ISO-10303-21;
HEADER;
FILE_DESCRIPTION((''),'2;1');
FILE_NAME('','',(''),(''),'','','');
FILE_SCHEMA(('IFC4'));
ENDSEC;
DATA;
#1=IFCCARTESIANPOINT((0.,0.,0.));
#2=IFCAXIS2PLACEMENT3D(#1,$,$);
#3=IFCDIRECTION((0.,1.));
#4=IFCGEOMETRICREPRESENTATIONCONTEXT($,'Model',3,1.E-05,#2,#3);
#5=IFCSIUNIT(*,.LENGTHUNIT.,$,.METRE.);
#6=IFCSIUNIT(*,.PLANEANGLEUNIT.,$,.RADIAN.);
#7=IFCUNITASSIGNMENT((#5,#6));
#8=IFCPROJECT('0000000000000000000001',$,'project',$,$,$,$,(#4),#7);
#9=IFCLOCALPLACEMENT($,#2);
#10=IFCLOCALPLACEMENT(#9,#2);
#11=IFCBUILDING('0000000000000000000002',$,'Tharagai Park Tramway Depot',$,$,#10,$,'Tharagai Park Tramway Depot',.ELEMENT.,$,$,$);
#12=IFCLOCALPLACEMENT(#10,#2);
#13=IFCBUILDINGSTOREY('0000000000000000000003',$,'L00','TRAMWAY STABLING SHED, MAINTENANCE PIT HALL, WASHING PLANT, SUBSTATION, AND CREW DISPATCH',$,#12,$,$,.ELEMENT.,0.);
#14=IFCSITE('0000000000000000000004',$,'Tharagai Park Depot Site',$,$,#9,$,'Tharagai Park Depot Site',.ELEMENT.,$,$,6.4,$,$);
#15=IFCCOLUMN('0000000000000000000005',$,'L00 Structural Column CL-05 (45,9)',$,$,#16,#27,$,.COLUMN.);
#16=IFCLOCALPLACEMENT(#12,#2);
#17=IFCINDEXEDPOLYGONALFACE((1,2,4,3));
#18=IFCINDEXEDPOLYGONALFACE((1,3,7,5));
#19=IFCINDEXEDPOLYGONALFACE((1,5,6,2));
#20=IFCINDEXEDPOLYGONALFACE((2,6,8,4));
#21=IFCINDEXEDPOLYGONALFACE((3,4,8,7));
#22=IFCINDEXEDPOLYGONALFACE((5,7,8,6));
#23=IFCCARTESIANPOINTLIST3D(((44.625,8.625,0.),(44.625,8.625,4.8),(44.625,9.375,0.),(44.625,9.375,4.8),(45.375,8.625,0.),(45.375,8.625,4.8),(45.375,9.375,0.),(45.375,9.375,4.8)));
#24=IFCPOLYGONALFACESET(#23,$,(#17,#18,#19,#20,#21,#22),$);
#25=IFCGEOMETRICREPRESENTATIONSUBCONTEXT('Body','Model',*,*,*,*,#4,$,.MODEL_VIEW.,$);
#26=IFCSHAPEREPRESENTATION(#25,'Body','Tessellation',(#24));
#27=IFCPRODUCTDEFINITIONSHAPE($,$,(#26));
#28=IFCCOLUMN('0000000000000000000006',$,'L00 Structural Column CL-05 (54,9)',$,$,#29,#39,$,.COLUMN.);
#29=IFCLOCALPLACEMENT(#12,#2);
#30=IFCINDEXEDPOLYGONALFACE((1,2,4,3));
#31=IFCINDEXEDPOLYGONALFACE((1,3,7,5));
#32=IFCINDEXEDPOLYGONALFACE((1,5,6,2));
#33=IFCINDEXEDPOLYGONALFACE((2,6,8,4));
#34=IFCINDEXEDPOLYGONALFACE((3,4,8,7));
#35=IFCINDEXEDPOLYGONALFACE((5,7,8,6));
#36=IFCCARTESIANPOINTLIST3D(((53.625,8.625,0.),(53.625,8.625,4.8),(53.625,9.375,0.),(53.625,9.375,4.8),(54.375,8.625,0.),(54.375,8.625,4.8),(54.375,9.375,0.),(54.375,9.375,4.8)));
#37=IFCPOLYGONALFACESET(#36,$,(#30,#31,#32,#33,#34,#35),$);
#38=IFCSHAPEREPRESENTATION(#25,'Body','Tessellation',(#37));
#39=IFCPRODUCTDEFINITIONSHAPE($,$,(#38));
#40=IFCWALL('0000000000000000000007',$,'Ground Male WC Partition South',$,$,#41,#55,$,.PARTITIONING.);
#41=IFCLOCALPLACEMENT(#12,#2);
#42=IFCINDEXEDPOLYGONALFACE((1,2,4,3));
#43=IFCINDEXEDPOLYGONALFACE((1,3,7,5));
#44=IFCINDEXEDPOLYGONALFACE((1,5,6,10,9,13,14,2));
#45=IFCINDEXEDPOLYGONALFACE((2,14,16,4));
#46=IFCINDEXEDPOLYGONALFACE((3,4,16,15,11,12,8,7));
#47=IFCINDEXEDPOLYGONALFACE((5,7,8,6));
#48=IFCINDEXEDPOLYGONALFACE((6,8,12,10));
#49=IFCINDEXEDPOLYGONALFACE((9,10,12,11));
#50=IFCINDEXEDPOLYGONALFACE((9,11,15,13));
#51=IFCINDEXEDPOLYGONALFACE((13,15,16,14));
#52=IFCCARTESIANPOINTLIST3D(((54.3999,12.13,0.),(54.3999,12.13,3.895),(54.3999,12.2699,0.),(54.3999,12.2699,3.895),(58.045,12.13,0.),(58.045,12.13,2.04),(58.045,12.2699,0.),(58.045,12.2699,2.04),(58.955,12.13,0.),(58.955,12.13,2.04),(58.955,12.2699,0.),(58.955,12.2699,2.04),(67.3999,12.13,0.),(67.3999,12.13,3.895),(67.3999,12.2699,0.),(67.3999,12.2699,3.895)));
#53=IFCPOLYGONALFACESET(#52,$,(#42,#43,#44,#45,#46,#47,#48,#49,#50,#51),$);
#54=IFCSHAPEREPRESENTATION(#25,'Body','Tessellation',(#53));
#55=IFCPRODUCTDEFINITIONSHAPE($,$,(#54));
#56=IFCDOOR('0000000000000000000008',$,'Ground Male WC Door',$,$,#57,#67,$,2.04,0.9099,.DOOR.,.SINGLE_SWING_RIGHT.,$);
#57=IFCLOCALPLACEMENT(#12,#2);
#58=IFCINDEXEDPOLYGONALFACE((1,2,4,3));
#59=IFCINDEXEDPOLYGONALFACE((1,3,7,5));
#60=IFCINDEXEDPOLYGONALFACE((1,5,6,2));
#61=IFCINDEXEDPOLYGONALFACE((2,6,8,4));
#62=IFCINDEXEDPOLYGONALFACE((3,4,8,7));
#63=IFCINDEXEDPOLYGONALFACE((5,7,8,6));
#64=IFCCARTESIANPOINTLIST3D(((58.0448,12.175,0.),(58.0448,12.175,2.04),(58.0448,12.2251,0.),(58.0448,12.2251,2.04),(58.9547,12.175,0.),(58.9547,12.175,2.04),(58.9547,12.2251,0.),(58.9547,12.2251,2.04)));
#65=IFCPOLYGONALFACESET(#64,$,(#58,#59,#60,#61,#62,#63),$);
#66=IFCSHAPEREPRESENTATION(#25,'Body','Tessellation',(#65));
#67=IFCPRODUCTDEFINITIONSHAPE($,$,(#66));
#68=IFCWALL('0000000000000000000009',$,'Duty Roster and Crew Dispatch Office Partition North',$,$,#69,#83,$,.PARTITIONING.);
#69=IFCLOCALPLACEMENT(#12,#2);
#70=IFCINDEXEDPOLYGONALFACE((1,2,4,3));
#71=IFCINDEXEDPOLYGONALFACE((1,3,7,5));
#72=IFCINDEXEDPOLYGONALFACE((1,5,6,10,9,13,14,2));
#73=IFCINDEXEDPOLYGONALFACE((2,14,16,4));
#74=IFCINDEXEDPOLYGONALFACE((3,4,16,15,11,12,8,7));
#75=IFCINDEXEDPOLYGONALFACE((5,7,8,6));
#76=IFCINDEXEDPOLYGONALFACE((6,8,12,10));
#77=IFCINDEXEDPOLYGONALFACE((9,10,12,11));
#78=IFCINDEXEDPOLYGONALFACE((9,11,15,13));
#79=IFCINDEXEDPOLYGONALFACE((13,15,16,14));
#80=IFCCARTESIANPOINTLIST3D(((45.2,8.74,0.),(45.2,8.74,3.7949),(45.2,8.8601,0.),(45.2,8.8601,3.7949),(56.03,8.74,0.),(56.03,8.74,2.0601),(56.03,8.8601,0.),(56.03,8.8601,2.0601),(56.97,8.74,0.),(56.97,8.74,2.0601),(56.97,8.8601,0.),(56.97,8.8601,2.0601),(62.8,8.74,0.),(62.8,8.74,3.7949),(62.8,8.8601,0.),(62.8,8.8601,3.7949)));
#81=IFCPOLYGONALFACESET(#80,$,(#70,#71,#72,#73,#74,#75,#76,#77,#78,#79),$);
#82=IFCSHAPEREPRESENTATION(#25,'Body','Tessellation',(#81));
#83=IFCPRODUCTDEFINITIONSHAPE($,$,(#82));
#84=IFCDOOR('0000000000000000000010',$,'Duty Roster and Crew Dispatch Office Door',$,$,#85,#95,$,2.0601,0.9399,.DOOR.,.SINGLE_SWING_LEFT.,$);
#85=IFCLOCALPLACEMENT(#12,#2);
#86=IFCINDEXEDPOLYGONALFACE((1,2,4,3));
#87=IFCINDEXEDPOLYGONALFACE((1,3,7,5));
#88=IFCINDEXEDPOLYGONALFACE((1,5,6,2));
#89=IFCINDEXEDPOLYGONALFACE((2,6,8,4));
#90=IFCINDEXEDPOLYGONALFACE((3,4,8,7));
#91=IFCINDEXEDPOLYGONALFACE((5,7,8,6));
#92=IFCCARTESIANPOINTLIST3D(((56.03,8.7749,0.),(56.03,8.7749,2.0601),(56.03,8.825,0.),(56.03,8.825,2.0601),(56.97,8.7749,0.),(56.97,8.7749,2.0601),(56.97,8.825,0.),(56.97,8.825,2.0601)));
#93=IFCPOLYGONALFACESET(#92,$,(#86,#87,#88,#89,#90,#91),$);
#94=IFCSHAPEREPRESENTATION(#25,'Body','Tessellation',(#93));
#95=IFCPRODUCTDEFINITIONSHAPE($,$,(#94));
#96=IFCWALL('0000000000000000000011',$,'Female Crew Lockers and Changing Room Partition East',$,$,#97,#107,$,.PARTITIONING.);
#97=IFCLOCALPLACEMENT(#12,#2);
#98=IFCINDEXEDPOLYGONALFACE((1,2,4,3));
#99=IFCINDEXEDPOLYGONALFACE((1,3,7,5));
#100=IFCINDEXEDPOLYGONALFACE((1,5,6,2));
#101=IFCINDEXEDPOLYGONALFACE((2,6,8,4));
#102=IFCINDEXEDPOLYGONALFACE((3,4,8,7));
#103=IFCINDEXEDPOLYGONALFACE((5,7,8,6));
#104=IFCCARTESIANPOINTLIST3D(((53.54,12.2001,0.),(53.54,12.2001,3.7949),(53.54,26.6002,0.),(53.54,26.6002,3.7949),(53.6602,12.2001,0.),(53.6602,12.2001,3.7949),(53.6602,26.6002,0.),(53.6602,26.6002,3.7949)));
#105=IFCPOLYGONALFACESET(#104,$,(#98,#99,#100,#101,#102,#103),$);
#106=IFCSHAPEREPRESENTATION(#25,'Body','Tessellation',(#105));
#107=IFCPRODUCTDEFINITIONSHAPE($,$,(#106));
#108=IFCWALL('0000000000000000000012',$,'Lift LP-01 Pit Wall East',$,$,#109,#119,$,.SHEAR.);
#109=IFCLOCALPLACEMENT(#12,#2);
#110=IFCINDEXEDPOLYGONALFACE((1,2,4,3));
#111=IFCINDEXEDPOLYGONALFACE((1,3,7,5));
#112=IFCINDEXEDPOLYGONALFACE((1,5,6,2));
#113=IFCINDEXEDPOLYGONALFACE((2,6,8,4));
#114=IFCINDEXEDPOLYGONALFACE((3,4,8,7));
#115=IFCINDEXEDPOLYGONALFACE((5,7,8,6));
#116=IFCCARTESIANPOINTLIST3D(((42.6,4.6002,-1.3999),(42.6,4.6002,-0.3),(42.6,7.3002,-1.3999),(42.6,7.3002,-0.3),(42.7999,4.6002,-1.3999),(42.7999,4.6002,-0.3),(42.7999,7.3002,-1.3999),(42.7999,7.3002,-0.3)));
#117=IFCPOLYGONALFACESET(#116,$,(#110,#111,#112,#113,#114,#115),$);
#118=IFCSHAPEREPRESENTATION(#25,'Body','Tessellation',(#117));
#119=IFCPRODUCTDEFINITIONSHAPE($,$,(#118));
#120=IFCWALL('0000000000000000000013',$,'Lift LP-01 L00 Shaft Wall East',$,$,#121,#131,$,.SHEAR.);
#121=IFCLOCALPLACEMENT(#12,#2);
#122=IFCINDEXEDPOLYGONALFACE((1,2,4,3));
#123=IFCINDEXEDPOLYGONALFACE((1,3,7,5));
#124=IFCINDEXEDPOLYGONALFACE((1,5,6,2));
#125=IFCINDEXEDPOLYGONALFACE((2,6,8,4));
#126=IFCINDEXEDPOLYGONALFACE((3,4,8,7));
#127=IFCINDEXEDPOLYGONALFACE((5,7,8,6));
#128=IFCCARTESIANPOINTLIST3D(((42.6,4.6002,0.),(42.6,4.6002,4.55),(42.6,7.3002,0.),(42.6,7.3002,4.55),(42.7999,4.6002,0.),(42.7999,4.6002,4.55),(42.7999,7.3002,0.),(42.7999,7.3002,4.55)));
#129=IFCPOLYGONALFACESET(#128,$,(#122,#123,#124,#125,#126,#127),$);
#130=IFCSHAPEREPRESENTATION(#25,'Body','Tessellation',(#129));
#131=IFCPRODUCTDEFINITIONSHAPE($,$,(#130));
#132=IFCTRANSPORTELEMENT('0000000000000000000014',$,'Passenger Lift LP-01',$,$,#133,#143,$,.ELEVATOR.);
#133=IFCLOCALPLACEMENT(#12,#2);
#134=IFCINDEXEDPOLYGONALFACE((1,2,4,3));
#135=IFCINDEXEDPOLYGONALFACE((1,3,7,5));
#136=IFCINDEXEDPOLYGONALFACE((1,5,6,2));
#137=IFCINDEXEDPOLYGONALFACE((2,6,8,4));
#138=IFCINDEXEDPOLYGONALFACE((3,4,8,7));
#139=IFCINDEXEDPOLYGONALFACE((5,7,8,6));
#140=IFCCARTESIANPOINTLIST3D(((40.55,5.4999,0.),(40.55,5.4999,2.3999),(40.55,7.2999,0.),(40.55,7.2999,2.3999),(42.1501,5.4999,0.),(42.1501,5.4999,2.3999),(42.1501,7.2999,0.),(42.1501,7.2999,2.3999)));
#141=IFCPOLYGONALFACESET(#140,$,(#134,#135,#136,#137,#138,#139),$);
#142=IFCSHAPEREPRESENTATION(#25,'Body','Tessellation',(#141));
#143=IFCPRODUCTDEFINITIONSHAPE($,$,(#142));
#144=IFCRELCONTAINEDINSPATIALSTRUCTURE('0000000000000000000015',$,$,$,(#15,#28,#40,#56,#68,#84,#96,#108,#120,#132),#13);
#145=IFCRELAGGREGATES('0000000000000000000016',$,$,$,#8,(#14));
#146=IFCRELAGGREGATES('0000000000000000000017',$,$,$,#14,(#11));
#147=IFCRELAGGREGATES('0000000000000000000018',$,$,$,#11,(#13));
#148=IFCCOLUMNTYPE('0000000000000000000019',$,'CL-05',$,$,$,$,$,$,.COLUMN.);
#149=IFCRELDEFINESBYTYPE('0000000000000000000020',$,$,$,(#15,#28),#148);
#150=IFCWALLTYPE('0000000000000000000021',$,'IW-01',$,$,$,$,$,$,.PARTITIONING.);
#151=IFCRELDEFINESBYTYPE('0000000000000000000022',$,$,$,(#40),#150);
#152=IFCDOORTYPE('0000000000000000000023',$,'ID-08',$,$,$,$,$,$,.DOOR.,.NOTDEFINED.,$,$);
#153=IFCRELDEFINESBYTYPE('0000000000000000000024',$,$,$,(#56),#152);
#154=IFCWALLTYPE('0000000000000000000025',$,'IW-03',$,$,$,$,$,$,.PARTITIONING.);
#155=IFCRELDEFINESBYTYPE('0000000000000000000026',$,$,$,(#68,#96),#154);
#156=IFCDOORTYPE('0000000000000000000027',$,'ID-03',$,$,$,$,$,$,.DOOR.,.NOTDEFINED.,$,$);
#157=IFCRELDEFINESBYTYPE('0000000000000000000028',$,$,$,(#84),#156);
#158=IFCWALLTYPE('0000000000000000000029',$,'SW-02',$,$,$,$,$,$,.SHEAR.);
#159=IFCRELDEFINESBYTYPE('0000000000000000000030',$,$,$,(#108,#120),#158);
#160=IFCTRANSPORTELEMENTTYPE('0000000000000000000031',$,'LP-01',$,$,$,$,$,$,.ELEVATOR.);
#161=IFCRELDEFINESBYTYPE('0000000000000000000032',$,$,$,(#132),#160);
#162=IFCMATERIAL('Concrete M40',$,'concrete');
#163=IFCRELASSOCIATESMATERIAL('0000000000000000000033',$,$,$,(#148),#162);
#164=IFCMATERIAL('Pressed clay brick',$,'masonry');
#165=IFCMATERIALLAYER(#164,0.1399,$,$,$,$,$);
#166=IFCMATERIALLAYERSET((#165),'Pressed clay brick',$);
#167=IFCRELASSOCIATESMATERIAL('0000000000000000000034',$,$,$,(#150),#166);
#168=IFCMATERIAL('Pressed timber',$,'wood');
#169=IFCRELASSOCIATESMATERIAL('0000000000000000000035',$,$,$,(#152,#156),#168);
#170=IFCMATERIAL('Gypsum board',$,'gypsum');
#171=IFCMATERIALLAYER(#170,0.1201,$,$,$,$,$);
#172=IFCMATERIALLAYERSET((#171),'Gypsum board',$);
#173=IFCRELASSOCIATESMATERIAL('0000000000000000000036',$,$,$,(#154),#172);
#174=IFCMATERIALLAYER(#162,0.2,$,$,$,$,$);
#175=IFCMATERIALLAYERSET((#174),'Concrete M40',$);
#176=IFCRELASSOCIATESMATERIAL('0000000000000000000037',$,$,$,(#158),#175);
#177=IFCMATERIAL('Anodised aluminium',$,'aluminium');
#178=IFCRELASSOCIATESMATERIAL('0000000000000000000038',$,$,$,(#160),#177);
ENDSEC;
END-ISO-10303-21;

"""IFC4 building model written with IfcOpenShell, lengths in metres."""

from ifc_helpers import new_model, si_unit, direction, frame, frame_2d, origin, origin_2d, place, context, subcontext, project, spatial, rectangle, extrude, material, layer, layer_set, material_profile, profile_set, type_object, element, fill, save


model = new_model("IFC4")

# Units and contexts
model_context = context("Model", 3, precision=1e-05, world=origin(), true_north=direction((0.0, 1.0)))
body_context = subcontext(model_context, "Body", "Model", "MODEL_VIEW")
ifc_project = project(units=[si_unit("LENGTHUNIT", "METRE"), si_unit("PLANEANGLEUNIT", "RADIAN")], contexts=[model_context])

# Site, building, storey
site_placement = place(None, origin())
site = spatial("IfcSite", under=ifc_project, at=site_placement, Name="Tharagai Park Depot Site", LongName="Tharagai Park Depot Site", CompositionType="ELEMENT", RefElevation=6.4)
building_placement = place(site_placement, origin())
building = spatial("IfcBuilding", under=site, at=building_placement, Name="Tharagai Park Tramway Depot", LongName="Tharagai Park Tramway Depot", CompositionType="ELEMENT")
storey_placement = place(building_placement, origin())
storey = spatial("IfcBuildingStorey", under=building, at=storey_placement, Name="L00", Description="TRAMWAY STABLING SHED, MAINTENANCE PIT HALL, WASHING PLANT, SUBSTATION, AND CREW DISPATCH", CompositionType="ELEMENT", Elevation=0.0)

# Shared definitions
ifc_material_1 = material(Name="Concrete M40", Category="concrete")

# Columns
ifc_material_profile_1 = material_profile(ifc_material_1, rectangle(XDim=0.75, YDim=0.75, at=origin_2d()), Name="RC 750x750")
ifc_profile_set_1 = profile_set([ifc_material_profile_1], Name="Concrete M40")
column_type = type_object("IfcColumnType", Name="CL-05", PredefinedType="COLUMN", material=ifc_profile_set_1)
for number, where, z_axis, x_axis, name in (
    (1, (45.0, 9.0, 0.0), (0.0, 0.0, 1.0), (1.0, 0.0, 0.0), "L00 Structural Column CL-05 (45,9)"),
    (2, (54.0, 9.0, 0.0), (0.0, 0.0, 1.0), (1.0, 0.0, 0.0), "L00 Structural Column CL-05 (54,9)"),
):
    element("IfcColumn", number, at=place(storey_placement, frame(where, z_axis=z_axis, x_axis=x_axis)), inside=storey, type_object=column_type, Name=name, PredefinedType="COLUMN", context=body_context, shape_type="SweptSolid", body=[
        extrude(rectangle(XDim=0.75, YDim=0.75, at=origin_2d()), origin(), (0.0, 0.0, 1.0), 4.8),
    ])

# Walls, openings, doors
ifc_material_2 = material(Name="Pressed clay brick", Category="masonry")
ifc_layer_1 = layer(ifc_material_2, 0.1399)
ifc_layer_set_1 = layer_set([ifc_layer_1], Name="Pressed clay brick")
wall_type_1 = type_object("IfcWallType", Name="IW-01", PredefinedType="PARTITIONING", material=ifc_layer_set_1)
wall_1_placement = place(storey_placement, frame((54.3999, 12.2, 0.0), z_axis=(0.0, 0.0, 1.0), x_axis=(1.0, 0.0, 0.0)))
wall_1 = element("IfcWall", 3, at=wall_1_placement, inside=storey, type_object=wall_type_1, Name="Ground Male WC Partition South", PredefinedType="PARTITIONING", context=body_context, shape_type="SweptSolid", body=[
    extrude(rectangle(XDim=13.0, YDim=0.1399, at=frame_2d((6.5, 0.0))), origin(), (0.0, 0.0, 1.0), 3.895),
])
opening_1_placement = place(wall_1_placement, frame((3.645, 0.0, 0.0)))
opening_1 = element("IfcOpeningElement", 4, at=opening_1_placement, cuts=wall_1, PredefinedType="OPENING", context=body_context, shape_type="SweptSolid", body=[
    extrude(rectangle(XDim=0.9099, YDim=2.04, at=frame_2d((0.4551, 1.02))), frame((0.0, 0.0798, 0.0), z_axis=(0.0, -1.0, 0.0), x_axis=(1.0, 0.0, 0.0)), (0.0, 0.0, 1.0), 0.1599),
])
ifc_material_3 = material(Name="Pressed timber", Category="wood")
door_type_1 = type_object("IfcDoorType", Name="ID-08", OperationType="NOTDEFINED", PredefinedType="DOOR", material=ifc_material_3)
door_1_placement = place(opening_1_placement, frame((0.9099, 0.0, 0.0), z_axis=(0.0, 0.0, 1.0), x_axis=(-1.0, 0.0, 0.0)))
door_1 = element("IfcDoor", 5, at=door_1_placement, inside=storey, type_object=door_type_1, Name="Ground Male WC Door", OperationType="SINGLE_SWING_RIGHT", OverallHeight=2.04, OverallWidth=0.9099, PredefinedType="DOOR", context=body_context, shape_type="SweptSolid", body=[
    extrude(rectangle(XDim=0.9099, YDim=2.04, at=frame_2d((0.4551, 1.02))), frame((0.0, 0.0249, 0.0), z_axis=(0.0, -1.0, 0.0), x_axis=(1.0, 0.0, 0.0)), (0.0, 0.0, 1.0), 0.05),
])
fill(opening_1, door_1)
ifc_material_4 = material(Name="Gypsum board", Category="gypsum")
ifc_layer_2 = layer(ifc_material_4, 0.1201)
ifc_layer_set_2 = layer_set([ifc_layer_2], Name="Gypsum board")
wall_type_2 = type_object("IfcWallType", Name="IW-03", PredefinedType="PARTITIONING", material=ifc_layer_set_2)
wall_2_placement = place(storey_placement, frame((45.2, 8.8, 0.0), z_axis=(0.0, 0.0, 1.0), x_axis=(1.0, 0.0, 0.0)))
wall_2 = element("IfcWall", 6, at=wall_2_placement, inside=storey, type_object=wall_type_2, Name="Duty Roster and Crew Dispatch Office Partition North", PredefinedType="PARTITIONING", context=body_context, shape_type="SweptSolid", body=[
    extrude(rectangle(XDim=17.6001, YDim=0.1201, at=frame_2d((8.8, 0.0))), origin(), (0.0, 0.0, 1.0), 3.7949),
])
opening_2_placement = place(wall_2_placement, frame((10.8301, 0.0, 0.0)))
opening_2 = element("IfcOpeningElement", 7, at=opening_2_placement, cuts=wall_2, PredefinedType="OPENING", context=body_context, shape_type="SweptSolid", body=[
    extrude(rectangle(XDim=0.9399, YDim=2.0601, at=frame_2d((0.47, 1.03))), frame((0.0, 0.0701, 0.0), z_axis=(0.0, -1.0, 0.0), x_axis=(1.0, 0.0, 0.0)), (0.0, 0.0, 1.0), 0.1401),
])
door_type_2 = type_object("IfcDoorType", Name="ID-03", OperationType="NOTDEFINED", PredefinedType="DOOR", material=ifc_material_3)
door_2_placement = place(opening_2_placement, origin())
door_2 = element("IfcDoor", 8, at=door_2_placement, inside=storey, type_object=door_type_2, Name="Duty Roster and Crew Dispatch Office Door", OperationType="SINGLE_SWING_LEFT", OverallHeight=2.0601, OverallWidth=0.9399, PredefinedType="DOOR", context=body_context, shape_type="SweptSolid", body=[
    extrude(rectangle(XDim=0.9399, YDim=2.0601, at=frame_2d((0.47, 1.03))), frame((0.0, 0.0249, 0.0), z_axis=(0.0, -1.0, 0.0), x_axis=(1.0, 0.0, 0.0)), (0.0, 0.0, 1.0), 0.05),
])
fill(opening_2, door_2)

# Walls
wall_3_placement = place(storey_placement, frame((53.6001, 12.2, 0.0), z_axis=(0.0, 0.0, 1.0), x_axis=(0.0, 1.0, 0.0)))
element("IfcWall", 9, at=wall_3_placement, inside=storey, type_object=wall_type_2, Name="Female Crew Lockers and Changing Room Partition East", PredefinedType="PARTITIONING", context=body_context, shape_type="SweptSolid", body=[
    extrude(rectangle(XDim=14.4001, YDim=0.1201, at=frame_2d((7.2002, 0.0))), origin(), (0.0, 0.0, 1.0), 3.7949),
])
ifc_layer_3 = layer(ifc_material_1, 0.2)
ifc_layer_set_3 = layer_set([ifc_layer_3], Name="Concrete M40")
wall_type_3 = type_object("IfcWallType", Name="SW-02", PredefinedType="SHEAR", material=ifc_layer_set_3)
wall_4_placement = place(storey_placement, frame((42.7, 4.6001, -1.3999), z_axis=(0.0, 0.0, 1.0), x_axis=(0.0, 1.0, 0.0)))
element("IfcWall", 10, at=wall_4_placement, inside=storey, type_object=wall_type_3, Name="Lift LP-01 Pit Wall East", PredefinedType="SHEAR", context=body_context, shape_type="SweptSolid", body=[
    extrude(rectangle(XDim=2.7, YDim=0.2, at=frame_2d((1.3501, 0.0))), origin(), (0.0, 0.0, 1.0), 1.0999),
])
wall_5_placement = place(storey_placement, frame((42.7, 4.6001, 0.0), z_axis=(0.0, 0.0, 1.0), x_axis=(0.0, 1.0, 0.0)))
element("IfcWall", 11, at=wall_5_placement, inside=storey, type_object=wall_type_3, Name="Lift LP-01 L00 Shaft Wall East", PredefinedType="SHEAR", context=body_context, shape_type="SweptSolid", body=[
    extrude(rectangle(XDim=2.7, YDim=0.2, at=frame_2d((1.3501, 0.0))), origin(), (0.0, 0.0, 1.0), 4.55),
])

# Transport element
ifc_material_5 = material(Name="Anodised aluminium", Category="aluminium")
transport_element_type = type_object("IfcTransportElementType", Name="LP-01", PredefinedType="ELEVATOR", material=ifc_material_5)
transport_element_placement = place(storey_placement, frame((41.3501, 6.3999, 0.0), z_axis=(0.0, 0.0, 1.0), x_axis=(1.0, 0.0, 0.0)))
element("IfcTransportElement", 12, at=transport_element_placement, inside=storey, type_object=transport_element_type, Name="Passenger Lift LP-01", PredefinedType="ELEVATOR", context=body_context, shape_type="SweptSolid", body=[
    extrude(rectangle(XDim=1.6001, YDim=1.8, at=origin_2d()), origin(), (0.0, 0.0, 1.0), 2.3999),
])

save(model, "model.ifc")
